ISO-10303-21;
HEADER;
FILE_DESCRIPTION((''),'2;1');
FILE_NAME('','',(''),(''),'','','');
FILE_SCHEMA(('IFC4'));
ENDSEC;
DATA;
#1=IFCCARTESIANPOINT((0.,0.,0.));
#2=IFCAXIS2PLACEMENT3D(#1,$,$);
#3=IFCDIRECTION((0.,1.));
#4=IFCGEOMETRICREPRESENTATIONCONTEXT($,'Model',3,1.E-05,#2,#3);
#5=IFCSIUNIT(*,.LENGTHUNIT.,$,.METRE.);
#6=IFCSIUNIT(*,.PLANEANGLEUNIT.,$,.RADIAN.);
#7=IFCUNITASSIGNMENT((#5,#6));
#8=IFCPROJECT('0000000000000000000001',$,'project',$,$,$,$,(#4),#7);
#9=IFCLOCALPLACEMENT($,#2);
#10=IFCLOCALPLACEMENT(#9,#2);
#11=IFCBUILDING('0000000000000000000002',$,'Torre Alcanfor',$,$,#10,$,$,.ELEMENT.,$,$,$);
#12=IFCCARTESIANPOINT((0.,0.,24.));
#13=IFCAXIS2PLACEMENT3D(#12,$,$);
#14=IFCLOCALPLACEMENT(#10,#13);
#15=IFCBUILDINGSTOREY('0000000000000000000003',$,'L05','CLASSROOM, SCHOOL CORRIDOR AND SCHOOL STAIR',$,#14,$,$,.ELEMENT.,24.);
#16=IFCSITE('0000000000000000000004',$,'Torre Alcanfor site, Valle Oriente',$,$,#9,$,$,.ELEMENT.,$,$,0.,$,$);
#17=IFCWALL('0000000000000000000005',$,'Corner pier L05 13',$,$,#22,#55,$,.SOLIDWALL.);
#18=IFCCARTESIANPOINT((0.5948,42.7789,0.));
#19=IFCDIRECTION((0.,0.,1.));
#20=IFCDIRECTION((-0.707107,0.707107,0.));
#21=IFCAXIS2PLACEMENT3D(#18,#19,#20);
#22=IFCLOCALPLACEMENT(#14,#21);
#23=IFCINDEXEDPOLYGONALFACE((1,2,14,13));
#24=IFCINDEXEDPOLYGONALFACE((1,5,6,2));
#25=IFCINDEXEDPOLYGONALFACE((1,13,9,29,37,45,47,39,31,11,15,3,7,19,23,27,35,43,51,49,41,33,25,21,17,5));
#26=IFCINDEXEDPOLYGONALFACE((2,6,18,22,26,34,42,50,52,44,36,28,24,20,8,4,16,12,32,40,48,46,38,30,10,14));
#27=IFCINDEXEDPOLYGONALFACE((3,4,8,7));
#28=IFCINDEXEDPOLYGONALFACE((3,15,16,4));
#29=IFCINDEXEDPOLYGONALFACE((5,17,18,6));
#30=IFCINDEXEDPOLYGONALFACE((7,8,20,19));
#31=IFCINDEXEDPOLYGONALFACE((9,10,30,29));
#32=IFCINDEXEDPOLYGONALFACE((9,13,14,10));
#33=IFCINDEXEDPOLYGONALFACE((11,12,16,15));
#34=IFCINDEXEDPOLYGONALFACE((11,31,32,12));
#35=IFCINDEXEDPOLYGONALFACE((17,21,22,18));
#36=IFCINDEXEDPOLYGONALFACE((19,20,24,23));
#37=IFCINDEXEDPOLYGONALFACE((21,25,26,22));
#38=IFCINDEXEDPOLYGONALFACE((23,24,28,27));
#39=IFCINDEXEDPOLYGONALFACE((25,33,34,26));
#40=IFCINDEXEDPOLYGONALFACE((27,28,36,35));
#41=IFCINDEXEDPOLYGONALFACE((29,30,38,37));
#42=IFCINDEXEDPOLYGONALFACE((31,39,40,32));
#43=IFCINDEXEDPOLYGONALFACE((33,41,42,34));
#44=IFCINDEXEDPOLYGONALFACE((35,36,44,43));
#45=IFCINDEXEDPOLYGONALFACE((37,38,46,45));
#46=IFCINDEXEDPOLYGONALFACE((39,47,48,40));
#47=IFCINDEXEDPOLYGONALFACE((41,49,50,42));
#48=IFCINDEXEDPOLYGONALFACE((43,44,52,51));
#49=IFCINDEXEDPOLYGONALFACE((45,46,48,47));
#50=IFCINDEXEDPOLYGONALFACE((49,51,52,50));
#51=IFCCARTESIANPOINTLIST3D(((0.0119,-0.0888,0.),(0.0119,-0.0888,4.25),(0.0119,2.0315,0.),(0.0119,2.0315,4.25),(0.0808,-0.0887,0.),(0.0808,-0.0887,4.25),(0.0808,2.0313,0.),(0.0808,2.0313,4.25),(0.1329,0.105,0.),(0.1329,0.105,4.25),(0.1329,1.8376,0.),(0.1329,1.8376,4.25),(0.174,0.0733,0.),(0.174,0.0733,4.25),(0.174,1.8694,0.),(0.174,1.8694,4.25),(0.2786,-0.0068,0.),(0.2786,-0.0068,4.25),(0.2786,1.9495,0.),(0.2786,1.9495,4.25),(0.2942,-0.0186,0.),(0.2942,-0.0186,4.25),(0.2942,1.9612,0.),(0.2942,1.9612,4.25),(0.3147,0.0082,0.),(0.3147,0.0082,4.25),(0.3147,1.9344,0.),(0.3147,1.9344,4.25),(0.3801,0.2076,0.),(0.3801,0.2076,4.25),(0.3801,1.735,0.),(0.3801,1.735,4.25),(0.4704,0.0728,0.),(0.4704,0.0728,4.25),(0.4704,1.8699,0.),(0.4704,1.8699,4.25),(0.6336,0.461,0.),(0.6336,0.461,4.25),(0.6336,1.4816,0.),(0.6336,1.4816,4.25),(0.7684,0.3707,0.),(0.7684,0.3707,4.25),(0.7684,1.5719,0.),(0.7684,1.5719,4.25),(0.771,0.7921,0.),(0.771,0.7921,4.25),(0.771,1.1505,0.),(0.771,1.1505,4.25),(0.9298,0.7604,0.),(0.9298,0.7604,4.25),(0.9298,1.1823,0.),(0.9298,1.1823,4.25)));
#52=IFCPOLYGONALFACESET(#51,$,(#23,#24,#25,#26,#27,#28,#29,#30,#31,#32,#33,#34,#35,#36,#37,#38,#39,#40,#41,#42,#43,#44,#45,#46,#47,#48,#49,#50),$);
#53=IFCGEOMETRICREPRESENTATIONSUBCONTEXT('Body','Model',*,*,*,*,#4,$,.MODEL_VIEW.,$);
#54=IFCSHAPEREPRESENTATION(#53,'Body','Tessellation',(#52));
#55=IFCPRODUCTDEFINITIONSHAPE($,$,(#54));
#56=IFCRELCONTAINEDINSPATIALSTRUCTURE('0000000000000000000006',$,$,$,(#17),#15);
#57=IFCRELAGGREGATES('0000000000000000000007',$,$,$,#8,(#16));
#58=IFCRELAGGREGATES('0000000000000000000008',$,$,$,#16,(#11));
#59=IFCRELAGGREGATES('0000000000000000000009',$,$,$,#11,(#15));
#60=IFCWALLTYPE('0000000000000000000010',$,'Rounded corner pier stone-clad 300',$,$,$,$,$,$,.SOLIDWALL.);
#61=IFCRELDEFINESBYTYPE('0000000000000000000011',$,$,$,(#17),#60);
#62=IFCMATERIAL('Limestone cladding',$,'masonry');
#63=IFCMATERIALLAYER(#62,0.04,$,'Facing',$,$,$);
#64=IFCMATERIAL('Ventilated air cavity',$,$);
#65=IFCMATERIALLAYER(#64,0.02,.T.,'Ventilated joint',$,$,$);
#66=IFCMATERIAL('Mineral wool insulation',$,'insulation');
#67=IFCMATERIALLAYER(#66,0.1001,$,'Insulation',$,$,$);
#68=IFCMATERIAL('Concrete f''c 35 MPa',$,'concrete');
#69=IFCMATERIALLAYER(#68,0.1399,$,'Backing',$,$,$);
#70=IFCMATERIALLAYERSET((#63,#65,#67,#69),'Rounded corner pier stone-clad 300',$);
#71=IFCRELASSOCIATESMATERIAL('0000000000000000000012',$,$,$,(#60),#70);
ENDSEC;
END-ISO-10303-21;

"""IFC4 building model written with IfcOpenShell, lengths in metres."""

from ifc_helpers import new_model, si_unit, direction, frame, origin, place, context, subcontext, project, spatial, polyline, outline, extrude, material, layer, layer_set, type_object, element, save


model = new_model("IFC4")

# Units and contexts
model_context = context("Model", 3, precision=1e-05, world=origin(), true_north=direction((0.0, 1.0)))
body_context = subcontext(model_context, "Body", "Model", "MODEL_VIEW")
ifc_project = project(units=[si_unit("LENGTHUNIT", "METRE"), si_unit("PLANEANGLEUNIT", "RADIAN")], contexts=[model_context])

# Site, building, storey
site_placement = place(None, origin())
site = spatial("IfcSite", under=ifc_project, at=site_placement, Name="Torre Alcanfor site, Valle Oriente", CompositionType="ELEMENT", RefElevation=0.0)
building_placement = place(site_placement, origin())
building = spatial("IfcBuilding", under=site, at=building_placement, Name="Torre Alcanfor", CompositionType="ELEMENT")
storey_placement = place(building_placement, frame((0.0, 0.0, 24.0)))
storey = spatial("IfcBuildingStorey", under=building, at=storey_placement, Name="L05", Description="CLASSROOM, SCHOOL CORRIDOR AND SCHOOL STAIR", CompositionType="ELEMENT", Elevation=24.0)

# Wall
ifc_material_1 = material(Name="Limestone cladding", Category="masonry")
ifc_layer_1 = layer(ifc_material_1, 0.04, Name="Facing")
ifc_material_2 = material(Name="Ventilated air cavity")
ifc_layer_2 = layer(ifc_material_2, 0.02, ventilated=True, Name="Ventilated joint")
ifc_material_3 = material(Name="Mineral wool insulation", Category="insulation")
ifc_layer_3 = layer(ifc_material_3, 0.1001, Name="Insulation")
ifc_material_4 = material(Name="Concrete f'c 35 MPa", Category="concrete")
ifc_layer_4 = layer(ifc_material_4, 0.1399, Name="Backing")
ifc_layer_set_1 = layer_set([ifc_layer_1, ifc_layer_2, ifc_layer_3, ifc_layer_4], Name="Rounded corner pier stone-clad 300")
wall_type_1 = type_object("IfcWallType", Name="Rounded corner pier stone-clad 300", PredefinedType="SOLIDWALL", material=ifc_layer_set_1)
wall_1_placement = place(storey_placement, frame((0.5948, 42.7789, 0.0), z_axis=(0.0, 0.0, 1.0), x_axis=(-0.707107, 0.707107, 0.0)))
element("IfcWall", 1, at=wall_1_placement, inside=storey, type_object=wall_type_1, Name="Corner pier L05 13", PredefinedType="SOLIDWALL", context=body_context, shape_type="SweptSolid", body=[
    extrude(outline(polyline([(0.0119, -0.0888), (0.0808, -0.0887), (0.2786, -0.0068), (0.2942, -0.0186), (0.3147, 0.0082), (0.4704, 0.0728), (0.7684, 0.3707), (0.9298, 0.7604), (0.9298, 1.1823), (0.7684, 1.5719), (0.4704, 1.8699), (0.3147, 1.9344), (0.2942, 1.9612), (0.2786, 1.9495), (0.0808, 2.0313), (0.0119, 2.0315), (0.174, 1.8694), (0.1329, 1.8376), (0.3801, 1.735), (0.6336, 1.4816), (0.771, 1.1505), (0.771, 0.7921), (0.6336, 0.461), (0.3801, 0.2076), (0.1329, 0.105), (0.174, 0.0733), (0.0119, -0.0888)])), origin(), (0.0, 0.0, 1.0), 4.25),
])

save(model, "model.ifc")
